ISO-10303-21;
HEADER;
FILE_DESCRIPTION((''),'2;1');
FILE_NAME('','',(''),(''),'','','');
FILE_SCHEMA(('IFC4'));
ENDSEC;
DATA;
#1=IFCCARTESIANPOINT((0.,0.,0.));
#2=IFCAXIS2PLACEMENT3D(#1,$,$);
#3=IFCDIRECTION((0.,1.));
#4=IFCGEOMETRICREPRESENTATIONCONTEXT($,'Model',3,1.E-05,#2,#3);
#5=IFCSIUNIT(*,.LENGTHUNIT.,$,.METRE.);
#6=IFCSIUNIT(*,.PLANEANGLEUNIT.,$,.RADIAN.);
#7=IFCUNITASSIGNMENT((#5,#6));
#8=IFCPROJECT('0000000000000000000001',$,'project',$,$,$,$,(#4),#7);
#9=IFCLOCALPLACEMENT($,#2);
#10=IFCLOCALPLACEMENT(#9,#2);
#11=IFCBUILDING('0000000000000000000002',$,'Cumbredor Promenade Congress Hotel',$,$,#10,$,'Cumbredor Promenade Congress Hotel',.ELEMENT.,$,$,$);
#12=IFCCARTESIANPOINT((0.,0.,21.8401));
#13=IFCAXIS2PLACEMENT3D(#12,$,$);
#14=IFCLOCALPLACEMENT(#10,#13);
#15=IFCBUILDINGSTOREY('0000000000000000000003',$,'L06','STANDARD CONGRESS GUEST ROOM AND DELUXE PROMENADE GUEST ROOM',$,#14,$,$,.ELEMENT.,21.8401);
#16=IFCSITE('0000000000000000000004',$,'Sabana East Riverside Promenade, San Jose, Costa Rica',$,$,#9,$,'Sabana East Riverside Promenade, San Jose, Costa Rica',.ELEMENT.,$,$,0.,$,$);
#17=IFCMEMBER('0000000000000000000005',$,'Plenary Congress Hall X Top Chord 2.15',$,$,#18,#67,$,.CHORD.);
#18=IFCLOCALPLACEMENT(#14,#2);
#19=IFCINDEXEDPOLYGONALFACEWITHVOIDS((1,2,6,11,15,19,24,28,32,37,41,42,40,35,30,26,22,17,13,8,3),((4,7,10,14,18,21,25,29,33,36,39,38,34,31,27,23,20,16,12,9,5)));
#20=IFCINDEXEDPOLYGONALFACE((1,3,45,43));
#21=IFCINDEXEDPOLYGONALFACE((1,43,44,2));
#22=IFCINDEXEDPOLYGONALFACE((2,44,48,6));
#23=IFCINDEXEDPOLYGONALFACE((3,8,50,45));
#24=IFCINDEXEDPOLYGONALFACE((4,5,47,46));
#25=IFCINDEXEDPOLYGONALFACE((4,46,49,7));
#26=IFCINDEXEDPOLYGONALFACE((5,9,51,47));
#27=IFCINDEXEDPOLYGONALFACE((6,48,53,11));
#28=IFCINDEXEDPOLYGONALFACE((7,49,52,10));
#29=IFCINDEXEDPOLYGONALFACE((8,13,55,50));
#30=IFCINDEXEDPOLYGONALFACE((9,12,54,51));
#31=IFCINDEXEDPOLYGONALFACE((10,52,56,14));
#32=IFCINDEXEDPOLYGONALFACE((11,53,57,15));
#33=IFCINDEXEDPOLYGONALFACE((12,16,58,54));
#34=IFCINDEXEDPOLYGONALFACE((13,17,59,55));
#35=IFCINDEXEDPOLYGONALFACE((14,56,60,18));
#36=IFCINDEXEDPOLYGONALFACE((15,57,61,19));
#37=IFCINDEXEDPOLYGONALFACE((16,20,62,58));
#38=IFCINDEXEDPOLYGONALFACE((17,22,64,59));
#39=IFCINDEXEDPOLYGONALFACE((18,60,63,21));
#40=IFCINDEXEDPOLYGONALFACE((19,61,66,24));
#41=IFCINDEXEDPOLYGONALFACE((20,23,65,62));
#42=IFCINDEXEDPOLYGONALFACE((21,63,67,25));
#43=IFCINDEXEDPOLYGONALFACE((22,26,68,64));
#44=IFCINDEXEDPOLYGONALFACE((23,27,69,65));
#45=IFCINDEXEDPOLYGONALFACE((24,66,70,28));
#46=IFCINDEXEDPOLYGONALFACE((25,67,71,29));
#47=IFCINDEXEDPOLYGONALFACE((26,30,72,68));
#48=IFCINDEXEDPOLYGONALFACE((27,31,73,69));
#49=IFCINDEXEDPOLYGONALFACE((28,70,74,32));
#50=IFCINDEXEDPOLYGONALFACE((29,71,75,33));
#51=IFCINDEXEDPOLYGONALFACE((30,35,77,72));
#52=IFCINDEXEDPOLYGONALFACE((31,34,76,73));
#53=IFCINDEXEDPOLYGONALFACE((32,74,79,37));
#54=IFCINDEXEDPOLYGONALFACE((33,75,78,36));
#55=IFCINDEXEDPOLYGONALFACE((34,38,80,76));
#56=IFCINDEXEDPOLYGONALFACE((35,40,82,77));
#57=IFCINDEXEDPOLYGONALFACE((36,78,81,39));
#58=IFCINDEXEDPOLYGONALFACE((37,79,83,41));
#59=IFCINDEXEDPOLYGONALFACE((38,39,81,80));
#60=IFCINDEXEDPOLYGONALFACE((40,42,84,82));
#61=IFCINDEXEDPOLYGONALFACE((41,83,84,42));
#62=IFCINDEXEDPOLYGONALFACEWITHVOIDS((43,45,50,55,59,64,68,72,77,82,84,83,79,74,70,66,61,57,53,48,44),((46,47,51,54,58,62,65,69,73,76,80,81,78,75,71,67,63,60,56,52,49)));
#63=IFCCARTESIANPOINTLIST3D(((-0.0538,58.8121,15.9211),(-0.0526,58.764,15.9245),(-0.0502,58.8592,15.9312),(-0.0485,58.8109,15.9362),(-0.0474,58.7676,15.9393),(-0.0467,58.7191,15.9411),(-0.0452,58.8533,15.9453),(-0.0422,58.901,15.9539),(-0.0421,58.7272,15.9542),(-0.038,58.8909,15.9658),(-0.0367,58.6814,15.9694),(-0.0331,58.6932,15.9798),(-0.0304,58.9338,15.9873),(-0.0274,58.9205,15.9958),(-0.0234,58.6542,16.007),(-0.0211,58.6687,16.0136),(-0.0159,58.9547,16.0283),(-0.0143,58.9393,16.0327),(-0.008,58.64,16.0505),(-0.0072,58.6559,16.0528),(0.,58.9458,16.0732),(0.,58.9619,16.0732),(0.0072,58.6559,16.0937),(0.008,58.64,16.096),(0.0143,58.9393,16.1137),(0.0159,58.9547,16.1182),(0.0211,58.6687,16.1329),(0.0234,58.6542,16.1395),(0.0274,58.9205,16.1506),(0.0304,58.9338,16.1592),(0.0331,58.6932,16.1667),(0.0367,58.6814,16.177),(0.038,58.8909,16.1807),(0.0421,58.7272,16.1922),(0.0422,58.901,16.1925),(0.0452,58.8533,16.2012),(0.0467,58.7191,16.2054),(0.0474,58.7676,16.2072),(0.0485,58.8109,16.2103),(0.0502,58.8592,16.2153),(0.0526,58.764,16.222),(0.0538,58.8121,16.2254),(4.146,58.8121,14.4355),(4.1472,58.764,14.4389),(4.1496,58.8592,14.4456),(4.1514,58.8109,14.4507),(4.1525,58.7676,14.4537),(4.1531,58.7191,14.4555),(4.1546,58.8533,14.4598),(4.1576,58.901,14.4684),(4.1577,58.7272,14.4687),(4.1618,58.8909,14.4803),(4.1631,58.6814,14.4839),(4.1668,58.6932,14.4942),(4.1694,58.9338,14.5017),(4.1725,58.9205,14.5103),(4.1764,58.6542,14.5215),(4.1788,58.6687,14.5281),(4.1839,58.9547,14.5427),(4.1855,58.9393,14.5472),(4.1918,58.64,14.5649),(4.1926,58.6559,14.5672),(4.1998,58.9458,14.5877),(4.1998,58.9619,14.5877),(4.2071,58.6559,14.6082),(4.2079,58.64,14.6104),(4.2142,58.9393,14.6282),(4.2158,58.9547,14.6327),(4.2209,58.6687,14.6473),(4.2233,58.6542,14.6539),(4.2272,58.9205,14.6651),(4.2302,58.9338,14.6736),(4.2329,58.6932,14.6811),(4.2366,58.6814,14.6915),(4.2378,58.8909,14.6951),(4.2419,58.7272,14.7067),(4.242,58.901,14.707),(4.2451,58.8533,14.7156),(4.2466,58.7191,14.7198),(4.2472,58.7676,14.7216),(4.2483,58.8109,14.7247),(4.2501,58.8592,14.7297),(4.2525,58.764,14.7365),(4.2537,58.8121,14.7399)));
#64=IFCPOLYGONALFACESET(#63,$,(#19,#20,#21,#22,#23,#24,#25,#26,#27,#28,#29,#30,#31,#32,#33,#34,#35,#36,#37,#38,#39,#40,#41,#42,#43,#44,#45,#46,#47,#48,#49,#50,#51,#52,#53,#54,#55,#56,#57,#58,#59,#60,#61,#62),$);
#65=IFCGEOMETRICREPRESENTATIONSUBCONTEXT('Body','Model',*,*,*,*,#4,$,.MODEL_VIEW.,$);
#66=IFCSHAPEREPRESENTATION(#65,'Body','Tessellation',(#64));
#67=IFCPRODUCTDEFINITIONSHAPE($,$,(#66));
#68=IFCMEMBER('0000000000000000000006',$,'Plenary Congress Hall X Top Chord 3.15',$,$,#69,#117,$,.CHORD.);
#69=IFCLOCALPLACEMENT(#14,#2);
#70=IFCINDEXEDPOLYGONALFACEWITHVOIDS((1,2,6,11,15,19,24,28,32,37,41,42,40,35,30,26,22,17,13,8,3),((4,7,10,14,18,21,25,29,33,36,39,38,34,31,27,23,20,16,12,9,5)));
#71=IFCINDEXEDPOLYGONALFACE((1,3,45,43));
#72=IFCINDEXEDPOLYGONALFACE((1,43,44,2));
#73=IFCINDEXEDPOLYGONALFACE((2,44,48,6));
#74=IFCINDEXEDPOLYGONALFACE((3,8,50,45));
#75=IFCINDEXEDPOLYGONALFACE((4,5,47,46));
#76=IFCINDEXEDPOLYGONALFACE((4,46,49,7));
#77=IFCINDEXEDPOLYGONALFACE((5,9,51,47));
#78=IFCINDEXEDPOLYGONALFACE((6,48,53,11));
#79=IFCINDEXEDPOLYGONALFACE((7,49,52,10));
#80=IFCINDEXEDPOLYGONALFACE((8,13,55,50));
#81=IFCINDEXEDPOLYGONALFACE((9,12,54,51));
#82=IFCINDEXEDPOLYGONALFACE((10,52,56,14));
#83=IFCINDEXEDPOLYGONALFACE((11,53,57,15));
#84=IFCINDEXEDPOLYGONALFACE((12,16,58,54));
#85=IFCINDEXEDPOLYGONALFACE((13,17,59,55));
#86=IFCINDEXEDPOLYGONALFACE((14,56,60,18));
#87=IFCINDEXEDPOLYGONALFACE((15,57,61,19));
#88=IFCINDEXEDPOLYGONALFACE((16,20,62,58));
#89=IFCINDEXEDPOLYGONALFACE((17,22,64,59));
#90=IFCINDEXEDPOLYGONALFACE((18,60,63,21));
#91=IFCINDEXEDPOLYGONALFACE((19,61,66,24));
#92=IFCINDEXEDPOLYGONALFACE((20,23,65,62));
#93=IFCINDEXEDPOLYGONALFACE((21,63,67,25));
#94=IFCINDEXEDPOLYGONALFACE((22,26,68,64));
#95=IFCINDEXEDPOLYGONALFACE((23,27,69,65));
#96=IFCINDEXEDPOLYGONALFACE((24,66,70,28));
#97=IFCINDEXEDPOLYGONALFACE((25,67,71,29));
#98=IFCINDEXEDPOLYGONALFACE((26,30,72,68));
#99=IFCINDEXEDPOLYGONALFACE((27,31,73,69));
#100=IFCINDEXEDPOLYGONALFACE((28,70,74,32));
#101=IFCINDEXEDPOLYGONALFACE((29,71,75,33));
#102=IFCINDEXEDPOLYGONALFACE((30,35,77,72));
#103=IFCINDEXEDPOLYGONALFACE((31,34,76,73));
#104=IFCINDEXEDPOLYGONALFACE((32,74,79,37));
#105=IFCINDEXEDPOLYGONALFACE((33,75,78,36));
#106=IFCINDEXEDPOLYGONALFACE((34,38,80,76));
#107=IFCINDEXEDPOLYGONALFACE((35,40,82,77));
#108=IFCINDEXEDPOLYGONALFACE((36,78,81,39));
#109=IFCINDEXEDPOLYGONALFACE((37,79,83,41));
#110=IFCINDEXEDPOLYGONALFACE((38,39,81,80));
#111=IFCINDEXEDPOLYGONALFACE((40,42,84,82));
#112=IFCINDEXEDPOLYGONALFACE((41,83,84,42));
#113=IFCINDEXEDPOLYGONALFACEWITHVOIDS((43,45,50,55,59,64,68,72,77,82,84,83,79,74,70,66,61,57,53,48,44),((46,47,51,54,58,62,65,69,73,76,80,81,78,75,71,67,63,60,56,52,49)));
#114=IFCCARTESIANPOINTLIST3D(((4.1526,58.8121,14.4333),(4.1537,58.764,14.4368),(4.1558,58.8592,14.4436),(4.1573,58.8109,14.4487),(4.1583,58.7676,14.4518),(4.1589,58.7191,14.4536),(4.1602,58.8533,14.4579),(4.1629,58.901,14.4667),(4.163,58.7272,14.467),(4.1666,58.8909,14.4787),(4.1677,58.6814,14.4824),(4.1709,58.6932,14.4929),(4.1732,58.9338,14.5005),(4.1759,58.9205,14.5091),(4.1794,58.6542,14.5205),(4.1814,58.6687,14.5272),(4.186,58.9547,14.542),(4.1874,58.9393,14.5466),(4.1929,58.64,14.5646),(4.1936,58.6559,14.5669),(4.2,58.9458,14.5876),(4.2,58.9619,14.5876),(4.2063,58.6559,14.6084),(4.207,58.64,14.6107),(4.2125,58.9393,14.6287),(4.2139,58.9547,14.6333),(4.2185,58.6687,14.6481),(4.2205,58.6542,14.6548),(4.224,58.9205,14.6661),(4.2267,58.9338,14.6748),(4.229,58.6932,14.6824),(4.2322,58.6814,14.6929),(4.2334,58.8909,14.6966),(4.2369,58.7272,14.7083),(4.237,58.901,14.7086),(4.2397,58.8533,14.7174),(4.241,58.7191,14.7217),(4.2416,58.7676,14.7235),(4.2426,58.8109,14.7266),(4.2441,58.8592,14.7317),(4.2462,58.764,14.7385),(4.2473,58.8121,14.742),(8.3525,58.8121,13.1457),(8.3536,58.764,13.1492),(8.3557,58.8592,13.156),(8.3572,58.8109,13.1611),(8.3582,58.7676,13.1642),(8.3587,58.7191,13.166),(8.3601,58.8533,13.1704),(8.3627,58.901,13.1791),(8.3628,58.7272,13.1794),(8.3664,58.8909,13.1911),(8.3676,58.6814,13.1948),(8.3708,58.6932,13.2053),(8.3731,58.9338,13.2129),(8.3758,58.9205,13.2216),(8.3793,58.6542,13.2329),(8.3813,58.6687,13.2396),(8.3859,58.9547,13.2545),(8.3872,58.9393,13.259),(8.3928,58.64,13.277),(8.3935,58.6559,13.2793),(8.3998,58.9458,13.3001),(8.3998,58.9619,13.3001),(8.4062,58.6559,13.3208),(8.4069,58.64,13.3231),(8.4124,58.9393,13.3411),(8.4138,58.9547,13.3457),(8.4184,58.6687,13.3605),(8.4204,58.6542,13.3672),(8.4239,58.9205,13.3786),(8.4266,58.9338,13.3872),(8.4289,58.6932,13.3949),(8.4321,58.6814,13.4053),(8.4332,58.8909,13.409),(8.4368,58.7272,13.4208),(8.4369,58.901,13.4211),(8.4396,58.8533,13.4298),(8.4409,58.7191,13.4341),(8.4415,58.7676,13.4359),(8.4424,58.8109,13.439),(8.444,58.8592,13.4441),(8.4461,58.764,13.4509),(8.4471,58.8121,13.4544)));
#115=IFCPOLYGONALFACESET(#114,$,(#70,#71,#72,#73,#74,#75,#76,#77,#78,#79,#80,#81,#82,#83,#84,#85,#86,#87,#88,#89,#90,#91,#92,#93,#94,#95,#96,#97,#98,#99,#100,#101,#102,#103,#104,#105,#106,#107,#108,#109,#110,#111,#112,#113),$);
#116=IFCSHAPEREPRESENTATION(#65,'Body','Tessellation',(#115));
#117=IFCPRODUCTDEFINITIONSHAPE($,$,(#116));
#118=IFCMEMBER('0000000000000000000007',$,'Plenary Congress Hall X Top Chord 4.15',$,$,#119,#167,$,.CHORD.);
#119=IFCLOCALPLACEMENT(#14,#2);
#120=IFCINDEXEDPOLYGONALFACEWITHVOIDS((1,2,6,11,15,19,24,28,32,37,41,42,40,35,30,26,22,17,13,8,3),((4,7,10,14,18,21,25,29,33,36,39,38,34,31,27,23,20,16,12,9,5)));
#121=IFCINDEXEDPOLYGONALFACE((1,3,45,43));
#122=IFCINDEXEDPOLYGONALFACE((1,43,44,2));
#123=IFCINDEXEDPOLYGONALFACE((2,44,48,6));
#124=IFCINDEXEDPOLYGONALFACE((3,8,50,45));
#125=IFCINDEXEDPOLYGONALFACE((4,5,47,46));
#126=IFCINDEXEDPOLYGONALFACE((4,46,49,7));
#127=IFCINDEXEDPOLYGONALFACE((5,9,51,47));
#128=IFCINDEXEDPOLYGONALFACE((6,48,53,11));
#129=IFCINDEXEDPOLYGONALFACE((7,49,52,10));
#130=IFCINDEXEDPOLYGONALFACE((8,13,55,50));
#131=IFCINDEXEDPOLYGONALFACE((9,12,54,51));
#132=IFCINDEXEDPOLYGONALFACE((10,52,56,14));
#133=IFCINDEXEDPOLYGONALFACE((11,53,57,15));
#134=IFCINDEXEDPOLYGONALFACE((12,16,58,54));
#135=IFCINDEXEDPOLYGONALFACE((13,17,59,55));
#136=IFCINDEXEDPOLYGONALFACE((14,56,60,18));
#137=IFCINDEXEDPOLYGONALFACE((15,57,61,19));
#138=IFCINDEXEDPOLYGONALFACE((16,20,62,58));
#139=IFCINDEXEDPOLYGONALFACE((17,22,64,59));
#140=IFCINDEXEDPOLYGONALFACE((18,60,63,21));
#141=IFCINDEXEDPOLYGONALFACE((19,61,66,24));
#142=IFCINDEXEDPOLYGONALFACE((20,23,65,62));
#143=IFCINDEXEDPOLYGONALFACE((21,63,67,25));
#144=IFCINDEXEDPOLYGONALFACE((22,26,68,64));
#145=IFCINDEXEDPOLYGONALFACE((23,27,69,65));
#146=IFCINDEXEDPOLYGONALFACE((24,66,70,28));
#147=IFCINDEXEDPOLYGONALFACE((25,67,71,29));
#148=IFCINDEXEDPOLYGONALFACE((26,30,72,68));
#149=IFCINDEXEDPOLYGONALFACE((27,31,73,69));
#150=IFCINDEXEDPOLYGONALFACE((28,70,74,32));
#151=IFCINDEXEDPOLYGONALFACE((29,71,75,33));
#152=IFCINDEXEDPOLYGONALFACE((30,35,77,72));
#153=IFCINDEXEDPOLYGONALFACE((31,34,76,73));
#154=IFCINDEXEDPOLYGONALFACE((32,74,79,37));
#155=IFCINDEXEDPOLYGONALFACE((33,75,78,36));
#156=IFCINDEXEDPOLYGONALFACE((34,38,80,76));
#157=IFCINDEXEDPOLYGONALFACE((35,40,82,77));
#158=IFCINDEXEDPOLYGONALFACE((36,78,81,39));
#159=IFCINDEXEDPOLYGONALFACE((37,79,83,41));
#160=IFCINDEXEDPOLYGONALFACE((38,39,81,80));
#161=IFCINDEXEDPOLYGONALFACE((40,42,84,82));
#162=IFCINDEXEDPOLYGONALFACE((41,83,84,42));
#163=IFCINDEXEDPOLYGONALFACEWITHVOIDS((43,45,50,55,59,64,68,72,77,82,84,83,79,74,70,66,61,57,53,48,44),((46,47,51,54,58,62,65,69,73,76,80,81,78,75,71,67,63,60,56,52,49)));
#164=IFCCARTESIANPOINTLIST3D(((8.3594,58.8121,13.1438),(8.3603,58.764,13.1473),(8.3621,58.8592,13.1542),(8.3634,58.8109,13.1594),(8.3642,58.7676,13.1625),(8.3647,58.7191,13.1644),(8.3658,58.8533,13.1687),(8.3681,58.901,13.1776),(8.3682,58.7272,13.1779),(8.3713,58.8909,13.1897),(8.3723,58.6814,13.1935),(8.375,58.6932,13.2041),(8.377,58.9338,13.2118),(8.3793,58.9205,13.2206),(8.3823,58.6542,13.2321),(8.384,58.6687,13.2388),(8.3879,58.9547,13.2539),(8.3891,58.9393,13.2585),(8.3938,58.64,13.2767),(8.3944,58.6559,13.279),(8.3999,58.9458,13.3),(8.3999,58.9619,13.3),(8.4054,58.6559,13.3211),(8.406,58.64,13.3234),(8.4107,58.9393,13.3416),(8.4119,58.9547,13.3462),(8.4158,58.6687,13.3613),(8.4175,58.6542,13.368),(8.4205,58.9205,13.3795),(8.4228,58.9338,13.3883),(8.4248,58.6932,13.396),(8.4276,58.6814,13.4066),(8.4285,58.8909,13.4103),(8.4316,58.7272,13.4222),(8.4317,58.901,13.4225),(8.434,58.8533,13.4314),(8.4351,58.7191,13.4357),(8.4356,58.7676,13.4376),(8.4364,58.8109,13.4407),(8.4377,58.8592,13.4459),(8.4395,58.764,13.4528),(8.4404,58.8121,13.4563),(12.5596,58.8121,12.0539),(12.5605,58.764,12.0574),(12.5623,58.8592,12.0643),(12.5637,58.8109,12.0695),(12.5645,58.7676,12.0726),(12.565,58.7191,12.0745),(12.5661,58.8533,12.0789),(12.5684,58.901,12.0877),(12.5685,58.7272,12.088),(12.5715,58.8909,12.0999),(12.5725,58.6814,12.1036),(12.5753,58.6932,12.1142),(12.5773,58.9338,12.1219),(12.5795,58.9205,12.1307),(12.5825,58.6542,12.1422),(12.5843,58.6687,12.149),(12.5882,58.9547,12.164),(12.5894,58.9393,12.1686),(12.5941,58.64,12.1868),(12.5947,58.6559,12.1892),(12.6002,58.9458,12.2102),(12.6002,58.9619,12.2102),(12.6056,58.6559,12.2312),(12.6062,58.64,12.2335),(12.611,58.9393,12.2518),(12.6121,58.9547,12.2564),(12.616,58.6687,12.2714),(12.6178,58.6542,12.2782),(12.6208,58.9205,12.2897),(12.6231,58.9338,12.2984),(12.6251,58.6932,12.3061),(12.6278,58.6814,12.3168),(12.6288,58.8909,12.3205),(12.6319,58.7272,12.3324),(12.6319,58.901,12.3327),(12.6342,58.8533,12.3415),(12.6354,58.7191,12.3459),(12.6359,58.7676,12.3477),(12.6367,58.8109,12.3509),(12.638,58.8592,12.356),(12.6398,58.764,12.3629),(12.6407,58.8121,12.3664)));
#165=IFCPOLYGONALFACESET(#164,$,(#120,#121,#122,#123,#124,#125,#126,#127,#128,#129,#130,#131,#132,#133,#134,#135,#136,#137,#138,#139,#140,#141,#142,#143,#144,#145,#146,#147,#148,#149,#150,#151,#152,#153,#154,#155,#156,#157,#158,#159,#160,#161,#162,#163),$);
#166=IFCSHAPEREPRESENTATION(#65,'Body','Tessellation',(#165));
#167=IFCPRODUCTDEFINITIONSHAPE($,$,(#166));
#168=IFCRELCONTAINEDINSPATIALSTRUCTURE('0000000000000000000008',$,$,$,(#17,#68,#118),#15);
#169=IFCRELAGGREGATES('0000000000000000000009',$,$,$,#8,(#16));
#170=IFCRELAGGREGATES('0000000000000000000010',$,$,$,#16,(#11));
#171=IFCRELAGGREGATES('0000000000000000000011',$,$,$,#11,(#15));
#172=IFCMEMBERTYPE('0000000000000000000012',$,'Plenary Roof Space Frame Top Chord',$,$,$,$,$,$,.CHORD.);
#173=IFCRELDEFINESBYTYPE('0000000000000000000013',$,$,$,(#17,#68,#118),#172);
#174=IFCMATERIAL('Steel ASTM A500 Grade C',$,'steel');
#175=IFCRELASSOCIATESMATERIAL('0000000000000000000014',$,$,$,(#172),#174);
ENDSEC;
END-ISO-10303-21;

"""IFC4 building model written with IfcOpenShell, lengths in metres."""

from ifc_helpers import new_model, si_unit, direction, frame, origin, origin_2d, place, context, subcontext, project, spatial, hollow_circle, extrude, material, material_profile, profile_set, type_object, element, save


model = new_model("IFC4")

# Units and contexts
model_context = context("Model", 3, precision=1e-05, world=origin(), true_north=direction((0.0, 1.0)))
body_context = subcontext(model_context, "Body", "Model", "MODEL_VIEW")
ifc_project = project(units=[si_unit("LENGTHUNIT", "METRE"), si_unit("PLANEANGLEUNIT", "RADIAN")], contexts=[model_context])

# Site, building, storey
site_placement = place(None, origin())
site = spatial("IfcSite", under=ifc_project, at=site_placement, Name="Sabana East Riverside Promenade, San Jose, Costa Rica", LongName="Sabana East Riverside Promenade, San Jose, Costa Rica", CompositionType="ELEMENT", RefElevation=0.0)
building_placement = place(site_placement, origin())
building = spatial("IfcBuilding", under=site, at=building_placement, Name="Cumbredor Promenade Congress Hotel", LongName="Cumbredor Promenade Congress Hotel", CompositionType="ELEMENT")
storey_placement = place(building_placement, frame((0.0, 0.0, 21.8401)))
storey = spatial("IfcBuildingStorey", under=building, at=storey_placement, Name="L06", Description="STANDARD CONGRESS GUEST ROOM AND DELUXE PROMENADE GUEST ROOM", CompositionType="ELEMENT", Elevation=21.8401)

# Members
ifc_material_1 = material(Name="Steel ASTM A500 Grade C", Category="steel")
ifc_material_profile_1 = material_profile(ifc_material_1, hollow_circle(Radius=0.1619, WallThickness=0.0161, at=origin_2d()), Name="CHS 323.9x16")
ifc_profile_set_1 = profile_set([ifc_material_profile_1], Name="Steel ASTM A500 Grade C")
member_type_1 = type_object("IfcMemberType", Name="Plenary Roof Space Frame Top Chord", PredefinedType="CHORD", material=ifc_profile_set_1)
member_1_placement = place(storey_placement, frame((0.0, 58.8, 16.0732), z_axis=(0.94276, 0.0, -0.333471), x_axis=(0.0, 1.0, 0.0)))
element("IfcMember", 1, at=member_1_placement, inside=storey, type_object=member_type_1, Name="Plenary Congress Hall X Top Chord 2.15", PredefinedType="CHORD", context=body_context, shape_type="SweptSolid", body=[
    extrude(hollow_circle(Radius=0.1619, WallThickness=0.0161, at=origin_2d()), origin(), (0.0, 0.0, 1.0), 4.4548),
])
member_2_placement = place(storey_placement, frame((4.2, 58.8, 14.5876), z_axis=(0.956079, 0.0, -0.293109), x_axis=(0.0, 1.0, 0.0)))
element("IfcMember", 2, at=member_2_placement, inside=storey, type_object=member_type_1, Name="Plenary Congress Hall X Top Chord 3.15", PredefinedType="CHORD", context=body_context, shape_type="SweptSolid", body=[
    extrude(hollow_circle(Radius=0.1619, WallThickness=0.0161, at=origin_2d()), origin(), (0.0, 0.0, 1.0), 4.3928),
])
member_3_placement = place(storey_placement, frame((8.3999, 58.8, 13.3), z_axis=(0.967946, 0.0, -0.251157), x_axis=(0.0, 1.0, 0.0)))
element("IfcMember", 3, at=member_3_placement, inside=storey, type_object=member_type_1, Name="Plenary Congress Hall X Top Chord 4.15", PredefinedType="CHORD", context=body_context, shape_type="SweptSolid", body=[
    extrude(hollow_circle(Radius=0.1619, WallThickness=0.0161, at=origin_2d()), origin(), (0.0, 0.0, 1.0), 4.3394),
])

save(model, "model.ifc")
